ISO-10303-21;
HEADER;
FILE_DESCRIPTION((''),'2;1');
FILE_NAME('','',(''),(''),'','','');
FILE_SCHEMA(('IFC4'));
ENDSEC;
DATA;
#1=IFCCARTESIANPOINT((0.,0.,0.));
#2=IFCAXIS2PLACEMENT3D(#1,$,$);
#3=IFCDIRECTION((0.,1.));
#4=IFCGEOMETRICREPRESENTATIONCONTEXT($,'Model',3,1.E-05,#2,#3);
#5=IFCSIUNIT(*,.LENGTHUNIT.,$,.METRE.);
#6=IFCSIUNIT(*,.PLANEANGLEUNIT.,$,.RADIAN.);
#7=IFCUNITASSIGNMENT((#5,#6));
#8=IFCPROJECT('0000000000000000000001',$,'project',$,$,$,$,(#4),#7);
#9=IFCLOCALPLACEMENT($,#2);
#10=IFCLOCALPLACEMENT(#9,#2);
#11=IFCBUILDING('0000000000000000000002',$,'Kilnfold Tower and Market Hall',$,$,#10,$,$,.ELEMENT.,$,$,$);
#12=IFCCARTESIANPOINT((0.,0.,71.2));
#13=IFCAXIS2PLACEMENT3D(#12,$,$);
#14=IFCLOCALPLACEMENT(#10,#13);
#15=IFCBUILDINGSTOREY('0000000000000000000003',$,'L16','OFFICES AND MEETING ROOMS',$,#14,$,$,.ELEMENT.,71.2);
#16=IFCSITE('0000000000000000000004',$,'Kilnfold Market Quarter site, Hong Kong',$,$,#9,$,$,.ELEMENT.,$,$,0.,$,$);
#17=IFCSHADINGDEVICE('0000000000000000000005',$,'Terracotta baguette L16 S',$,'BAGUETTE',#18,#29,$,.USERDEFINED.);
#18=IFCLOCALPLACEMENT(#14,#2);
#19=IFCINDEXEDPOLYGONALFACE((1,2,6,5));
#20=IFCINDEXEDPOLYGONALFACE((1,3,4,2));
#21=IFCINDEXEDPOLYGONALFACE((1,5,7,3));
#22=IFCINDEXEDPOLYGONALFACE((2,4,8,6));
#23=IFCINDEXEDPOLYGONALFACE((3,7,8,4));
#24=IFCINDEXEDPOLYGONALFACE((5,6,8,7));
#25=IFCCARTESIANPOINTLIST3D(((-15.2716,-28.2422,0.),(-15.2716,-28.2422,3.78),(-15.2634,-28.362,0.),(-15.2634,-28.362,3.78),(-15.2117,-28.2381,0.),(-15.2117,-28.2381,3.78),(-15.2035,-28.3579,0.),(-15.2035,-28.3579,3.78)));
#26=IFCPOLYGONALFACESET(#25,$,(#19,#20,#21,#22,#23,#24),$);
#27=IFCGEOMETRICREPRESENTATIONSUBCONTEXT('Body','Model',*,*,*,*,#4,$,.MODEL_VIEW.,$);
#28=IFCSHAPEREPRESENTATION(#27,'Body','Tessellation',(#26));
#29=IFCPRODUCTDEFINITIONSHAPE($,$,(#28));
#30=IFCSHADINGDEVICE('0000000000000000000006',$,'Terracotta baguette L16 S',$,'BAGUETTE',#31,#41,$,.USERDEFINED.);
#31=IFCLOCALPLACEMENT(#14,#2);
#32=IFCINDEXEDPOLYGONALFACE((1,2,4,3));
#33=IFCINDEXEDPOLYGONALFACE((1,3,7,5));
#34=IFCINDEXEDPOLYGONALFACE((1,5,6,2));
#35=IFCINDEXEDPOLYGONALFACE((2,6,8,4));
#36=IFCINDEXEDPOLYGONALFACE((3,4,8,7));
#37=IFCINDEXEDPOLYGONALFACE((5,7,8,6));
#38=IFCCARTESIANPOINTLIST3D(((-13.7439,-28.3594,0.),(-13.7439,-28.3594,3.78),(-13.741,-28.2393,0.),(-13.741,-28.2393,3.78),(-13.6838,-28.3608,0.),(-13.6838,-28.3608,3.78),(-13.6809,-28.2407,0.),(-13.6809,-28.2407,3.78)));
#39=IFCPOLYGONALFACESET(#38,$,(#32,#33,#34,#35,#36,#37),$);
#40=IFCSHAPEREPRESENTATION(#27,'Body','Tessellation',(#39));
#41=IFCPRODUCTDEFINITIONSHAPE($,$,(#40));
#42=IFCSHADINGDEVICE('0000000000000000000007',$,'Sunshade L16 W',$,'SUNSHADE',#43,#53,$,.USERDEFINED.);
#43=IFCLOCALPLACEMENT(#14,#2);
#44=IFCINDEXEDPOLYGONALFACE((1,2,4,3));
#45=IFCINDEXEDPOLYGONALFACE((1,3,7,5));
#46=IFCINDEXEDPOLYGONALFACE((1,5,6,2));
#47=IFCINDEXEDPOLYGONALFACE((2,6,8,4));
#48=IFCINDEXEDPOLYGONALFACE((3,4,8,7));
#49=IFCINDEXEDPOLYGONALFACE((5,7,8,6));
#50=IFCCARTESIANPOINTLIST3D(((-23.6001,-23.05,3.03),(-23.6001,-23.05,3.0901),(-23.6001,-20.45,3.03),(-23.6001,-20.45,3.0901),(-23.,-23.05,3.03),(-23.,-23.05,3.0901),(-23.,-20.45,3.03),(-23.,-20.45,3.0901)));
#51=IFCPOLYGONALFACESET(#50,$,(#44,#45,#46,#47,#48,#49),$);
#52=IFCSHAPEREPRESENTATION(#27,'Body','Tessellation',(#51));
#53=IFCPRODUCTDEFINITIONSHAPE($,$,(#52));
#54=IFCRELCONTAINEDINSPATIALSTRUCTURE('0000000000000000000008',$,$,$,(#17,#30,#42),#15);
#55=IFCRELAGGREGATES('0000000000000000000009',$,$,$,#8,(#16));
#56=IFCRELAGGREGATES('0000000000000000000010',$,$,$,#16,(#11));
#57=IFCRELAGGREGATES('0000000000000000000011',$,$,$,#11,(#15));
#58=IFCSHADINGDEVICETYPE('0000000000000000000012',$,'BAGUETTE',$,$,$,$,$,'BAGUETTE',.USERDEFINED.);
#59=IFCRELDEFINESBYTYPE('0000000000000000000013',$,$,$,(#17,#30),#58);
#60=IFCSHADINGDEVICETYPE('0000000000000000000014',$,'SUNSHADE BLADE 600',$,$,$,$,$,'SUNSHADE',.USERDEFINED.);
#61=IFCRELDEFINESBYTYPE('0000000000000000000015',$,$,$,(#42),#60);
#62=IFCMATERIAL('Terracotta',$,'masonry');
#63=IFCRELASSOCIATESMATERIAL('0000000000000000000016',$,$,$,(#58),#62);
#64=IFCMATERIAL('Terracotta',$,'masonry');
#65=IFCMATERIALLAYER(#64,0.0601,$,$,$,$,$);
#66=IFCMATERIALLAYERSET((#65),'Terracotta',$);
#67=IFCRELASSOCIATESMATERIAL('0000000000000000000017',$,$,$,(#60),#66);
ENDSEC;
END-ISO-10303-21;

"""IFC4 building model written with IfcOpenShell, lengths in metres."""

from ifc_helpers import new_model, si_unit, direction, frame, origin, origin_2d, place, context, subcontext, project, spatial, rectangle, extrude, source, transform, mapped, material, layer, layer_set, material_profile, profile_set, type_object, element, save


model = new_model("IFC4")

# Units and contexts
model_context = context("Model", 3, precision=1e-05, world=origin(), true_north=direction((0.0, 1.0)))
body_context = subcontext(model_context, "Body", "Model", "MODEL_VIEW")
ifc_project = project(units=[si_unit("LENGTHUNIT", "METRE"), si_unit("PLANEANGLEUNIT", "RADIAN")], contexts=[model_context])

# Site, building, storey
site_placement = place(None, origin())
site = spatial("IfcSite", under=ifc_project, at=site_placement, Name="Kilnfold Market Quarter site, Hong Kong", CompositionType="ELEMENT", RefElevation=0.0)
building_placement = place(site_placement, origin())
building = spatial("IfcBuilding", under=site, at=building_placement, Name="Kilnfold Tower and Market Hall", CompositionType="ELEMENT")
storey_placement = place(building_placement, frame((0.0, 0.0, 71.2)))
storey = spatial("IfcBuildingStorey", under=building, at=storey_placement, Name="L16", Description="OFFICES AND MEETING ROOMS", CompositionType="ELEMENT", Elevation=71.2)

# Shading devices
ifc_material_1 = material(Name="Terracotta", Category="masonry")
ifc_material_profile_1 = material_profile(ifc_material_1, rectangle(XDim=0.0601, YDim=0.1201, at=origin_2d()), Name="BAG 60x120")
ifc_profile_set_1 = profile_set([ifc_material_profile_1], Name="Terracotta")
shading_device_type_1 = type_object("IfcShadingDeviceType", Name="BAGUETTE", ElementType="BAGUETTE", PredefinedType="USERDEFINED", material=ifc_profile_set_1)
shared_shape_1 = source(origin(), body_context, "Body", "SweptSolid", [
    extrude(rectangle(XDim=0.0601, YDim=0.1201, at=origin_2d()), origin(), (0.0, 0.0, 1.0), 3.78),
])
for number, where, z_axis, x_axis, name in (
    (1, (-15.2375, -28.3, 0.0), (0.0, 0.0, 1.0), (0.997659, 0.06839, 0.0), "Terracotta baguette L16 S"),
    (2, (-13.7124, -28.3, 0.0), (0.0, 0.0, 1.0), (0.999714, -0.02391, 0.0), "Terracotta baguette L16 S"),
):
    element("IfcShadingDevice", number, at=place(storey_placement, frame(where, z_axis=z_axis, x_axis=x_axis)), inside=storey, type_object=shading_device_type_1, Name=name, ObjectType="BAGUETTE", PredefinedType="USERDEFINED", context=body_context, shape_type="MappedRepresentation", body=[
        mapped(shared_shape_1, transform((0.0, 0.0, 0.0))),
    ])
ifc_material_2 = material(Name="Terracotta", Category="masonry")
ifc_layer_1 = layer(ifc_material_2, 0.0601)
ifc_layer_set_1 = layer_set([ifc_layer_1], Name="Terracotta")
shading_device_type_2 = type_object("IfcShadingDeviceType", Name="SUNSHADE BLADE 600", ElementType="SUNSHADE", PredefinedType="USERDEFINED", material=ifc_layer_set_1)
shared_shape_2 = source(origin(), body_context, "Body", "SweptSolid", [
    extrude(rectangle(XDim=2.6001, YDim=0.6001, at=origin_2d()), origin(), (0.0, 0.0, 1.0), 0.0601),
])
shading_device_placement = place(storey_placement, frame((-23.3, -21.75, 3.03), z_axis=(0.0, 0.0, 1.0), x_axis=(0.0, -1.0, 0.0)))
element("IfcShadingDevice", 3, at=shading_device_placement, inside=storey, type_object=shading_device_type_2, Name="Sunshade L16 W", ObjectType="SUNSHADE", PredefinedType="USERDEFINED", context=body_context, shape_type="MappedRepresentation", body=[
    mapped(shared_shape_2, transform((0.0, 0.0, 0.0))),
])

save(model, "model.ifc")
